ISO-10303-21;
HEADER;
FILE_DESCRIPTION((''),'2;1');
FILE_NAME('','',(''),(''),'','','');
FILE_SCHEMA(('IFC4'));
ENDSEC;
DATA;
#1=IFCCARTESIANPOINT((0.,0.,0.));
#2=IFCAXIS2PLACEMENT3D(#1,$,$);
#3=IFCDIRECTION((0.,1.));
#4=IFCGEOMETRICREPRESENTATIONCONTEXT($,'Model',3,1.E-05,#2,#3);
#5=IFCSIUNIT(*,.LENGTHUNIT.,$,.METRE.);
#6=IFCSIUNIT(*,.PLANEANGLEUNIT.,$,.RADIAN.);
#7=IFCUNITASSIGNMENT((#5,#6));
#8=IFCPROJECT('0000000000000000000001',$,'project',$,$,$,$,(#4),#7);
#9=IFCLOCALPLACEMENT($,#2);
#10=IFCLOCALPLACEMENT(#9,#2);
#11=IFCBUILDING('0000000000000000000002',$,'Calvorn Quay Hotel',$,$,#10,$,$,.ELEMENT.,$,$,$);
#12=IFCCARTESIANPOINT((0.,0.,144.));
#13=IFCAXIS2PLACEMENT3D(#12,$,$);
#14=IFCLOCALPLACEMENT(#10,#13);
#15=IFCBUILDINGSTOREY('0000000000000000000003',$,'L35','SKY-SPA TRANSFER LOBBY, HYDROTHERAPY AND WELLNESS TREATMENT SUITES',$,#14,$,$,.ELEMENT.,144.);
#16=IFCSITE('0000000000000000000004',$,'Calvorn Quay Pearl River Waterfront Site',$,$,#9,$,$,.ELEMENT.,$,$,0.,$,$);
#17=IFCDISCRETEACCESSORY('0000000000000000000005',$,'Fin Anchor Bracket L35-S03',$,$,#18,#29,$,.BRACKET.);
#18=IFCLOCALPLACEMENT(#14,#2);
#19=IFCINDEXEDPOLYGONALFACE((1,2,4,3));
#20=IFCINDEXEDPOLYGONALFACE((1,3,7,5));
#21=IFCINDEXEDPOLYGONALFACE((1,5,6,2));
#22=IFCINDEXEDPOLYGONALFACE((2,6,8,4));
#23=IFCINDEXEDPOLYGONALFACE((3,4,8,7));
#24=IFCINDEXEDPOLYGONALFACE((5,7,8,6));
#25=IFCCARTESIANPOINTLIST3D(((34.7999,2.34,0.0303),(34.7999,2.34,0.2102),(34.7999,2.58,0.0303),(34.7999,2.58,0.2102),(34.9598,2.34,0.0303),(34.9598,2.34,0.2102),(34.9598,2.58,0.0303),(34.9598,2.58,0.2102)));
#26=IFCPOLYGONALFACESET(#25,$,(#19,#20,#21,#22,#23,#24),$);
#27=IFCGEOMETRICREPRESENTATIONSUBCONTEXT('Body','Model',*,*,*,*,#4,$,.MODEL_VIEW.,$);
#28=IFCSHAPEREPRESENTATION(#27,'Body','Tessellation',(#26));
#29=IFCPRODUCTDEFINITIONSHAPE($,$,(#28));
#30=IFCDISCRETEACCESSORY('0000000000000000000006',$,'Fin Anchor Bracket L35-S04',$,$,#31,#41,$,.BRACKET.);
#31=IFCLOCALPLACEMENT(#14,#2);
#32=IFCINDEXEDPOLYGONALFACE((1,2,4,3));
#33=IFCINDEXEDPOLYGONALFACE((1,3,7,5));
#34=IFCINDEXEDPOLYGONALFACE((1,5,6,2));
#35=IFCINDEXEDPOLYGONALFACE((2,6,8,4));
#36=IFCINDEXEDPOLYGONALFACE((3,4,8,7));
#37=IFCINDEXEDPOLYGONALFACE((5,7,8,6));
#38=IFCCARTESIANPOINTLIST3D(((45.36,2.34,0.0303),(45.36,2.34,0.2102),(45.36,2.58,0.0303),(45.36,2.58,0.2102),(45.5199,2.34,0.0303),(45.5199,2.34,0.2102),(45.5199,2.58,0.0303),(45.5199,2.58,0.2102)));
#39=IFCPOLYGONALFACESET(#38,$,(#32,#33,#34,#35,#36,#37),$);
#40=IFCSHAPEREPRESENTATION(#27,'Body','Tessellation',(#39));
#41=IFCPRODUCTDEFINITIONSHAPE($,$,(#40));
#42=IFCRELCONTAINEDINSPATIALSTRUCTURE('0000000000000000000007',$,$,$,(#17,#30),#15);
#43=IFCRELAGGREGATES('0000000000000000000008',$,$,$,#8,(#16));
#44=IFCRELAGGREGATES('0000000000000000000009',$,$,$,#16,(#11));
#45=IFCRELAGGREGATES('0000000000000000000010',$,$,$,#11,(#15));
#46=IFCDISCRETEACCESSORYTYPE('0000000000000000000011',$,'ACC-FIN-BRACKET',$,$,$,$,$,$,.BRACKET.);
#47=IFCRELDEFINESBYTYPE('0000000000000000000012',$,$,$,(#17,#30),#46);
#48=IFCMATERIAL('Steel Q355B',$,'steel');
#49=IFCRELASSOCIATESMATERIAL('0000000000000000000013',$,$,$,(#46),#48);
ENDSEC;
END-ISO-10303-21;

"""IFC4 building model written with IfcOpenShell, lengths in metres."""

from ifc_helpers import new_model, si_unit, direction, frame, origin, origin_2d, place, context, subcontext, project, spatial, rectangle, extrude, material, type_object, element, save


model = new_model("IFC4")

# Units and contexts
model_context = context("Model", 3, precision=1e-05, world=origin(), true_north=direction((0.0, 1.0)))
body_context = subcontext(model_context, "Body", "Model", "MODEL_VIEW")
ifc_project = project(units=[si_unit("LENGTHUNIT", "METRE"), si_unit("PLANEANGLEUNIT", "RADIAN")], contexts=[model_context])

# Site, building, storey
site_placement = place(None, origin())
site = spatial("IfcSite", under=ifc_project, at=site_placement, Name="Calvorn Quay Pearl River Waterfront Site", CompositionType="ELEMENT", RefElevation=0.0)
building_placement = place(site_placement, origin())
building = spatial("IfcBuilding", under=site, at=building_placement, Name="Calvorn Quay Hotel", CompositionType="ELEMENT")
storey_placement = place(building_placement, frame((0.0, 0.0, 144.0)))
storey = spatial("IfcBuildingStorey", under=building, at=storey_placement, Name="L35", Description="SKY-SPA TRANSFER LOBBY, HYDROTHERAPY AND WELLNESS TREATMENT SUITES", CompositionType="ELEMENT", Elevation=144.0)

# Discrete accessories
ifc_material_1 = material(Name="Steel Q355B", Category="steel")
discrete_accessory_type = type_object("IfcDiscreteAccessoryType", Name="ACC-FIN-BRACKET", PredefinedType="BRACKET", material=ifc_material_1)
for number, where, z_axis, x_axis, name in (
    (1, (34.8799, 2.46, 0.0303), (0.0, 0.0, 1.0), (0.0, 1.0, 0.0), "Fin Anchor Bracket L35-S03"),
    (2, (45.4399, 2.46, 0.0303), (0.0, 0.0, 1.0), (0.0, 1.0, 0.0), "Fin Anchor Bracket L35-S04"),
):
    element("IfcDiscreteAccessory", number, at=place(storey_placement, frame(where, z_axis=z_axis, x_axis=x_axis)), inside=storey, type_object=discrete_accessory_type, Name=name, PredefinedType="BRACKET", context=body_context, shape_type="SweptSolid", body=[
        extrude(rectangle(XDim=0.24, YDim=0.1599, at=origin_2d()), origin(), (0.0, 0.0, 1.0), 0.1799),
    ])

save(model, "model.ifc")
